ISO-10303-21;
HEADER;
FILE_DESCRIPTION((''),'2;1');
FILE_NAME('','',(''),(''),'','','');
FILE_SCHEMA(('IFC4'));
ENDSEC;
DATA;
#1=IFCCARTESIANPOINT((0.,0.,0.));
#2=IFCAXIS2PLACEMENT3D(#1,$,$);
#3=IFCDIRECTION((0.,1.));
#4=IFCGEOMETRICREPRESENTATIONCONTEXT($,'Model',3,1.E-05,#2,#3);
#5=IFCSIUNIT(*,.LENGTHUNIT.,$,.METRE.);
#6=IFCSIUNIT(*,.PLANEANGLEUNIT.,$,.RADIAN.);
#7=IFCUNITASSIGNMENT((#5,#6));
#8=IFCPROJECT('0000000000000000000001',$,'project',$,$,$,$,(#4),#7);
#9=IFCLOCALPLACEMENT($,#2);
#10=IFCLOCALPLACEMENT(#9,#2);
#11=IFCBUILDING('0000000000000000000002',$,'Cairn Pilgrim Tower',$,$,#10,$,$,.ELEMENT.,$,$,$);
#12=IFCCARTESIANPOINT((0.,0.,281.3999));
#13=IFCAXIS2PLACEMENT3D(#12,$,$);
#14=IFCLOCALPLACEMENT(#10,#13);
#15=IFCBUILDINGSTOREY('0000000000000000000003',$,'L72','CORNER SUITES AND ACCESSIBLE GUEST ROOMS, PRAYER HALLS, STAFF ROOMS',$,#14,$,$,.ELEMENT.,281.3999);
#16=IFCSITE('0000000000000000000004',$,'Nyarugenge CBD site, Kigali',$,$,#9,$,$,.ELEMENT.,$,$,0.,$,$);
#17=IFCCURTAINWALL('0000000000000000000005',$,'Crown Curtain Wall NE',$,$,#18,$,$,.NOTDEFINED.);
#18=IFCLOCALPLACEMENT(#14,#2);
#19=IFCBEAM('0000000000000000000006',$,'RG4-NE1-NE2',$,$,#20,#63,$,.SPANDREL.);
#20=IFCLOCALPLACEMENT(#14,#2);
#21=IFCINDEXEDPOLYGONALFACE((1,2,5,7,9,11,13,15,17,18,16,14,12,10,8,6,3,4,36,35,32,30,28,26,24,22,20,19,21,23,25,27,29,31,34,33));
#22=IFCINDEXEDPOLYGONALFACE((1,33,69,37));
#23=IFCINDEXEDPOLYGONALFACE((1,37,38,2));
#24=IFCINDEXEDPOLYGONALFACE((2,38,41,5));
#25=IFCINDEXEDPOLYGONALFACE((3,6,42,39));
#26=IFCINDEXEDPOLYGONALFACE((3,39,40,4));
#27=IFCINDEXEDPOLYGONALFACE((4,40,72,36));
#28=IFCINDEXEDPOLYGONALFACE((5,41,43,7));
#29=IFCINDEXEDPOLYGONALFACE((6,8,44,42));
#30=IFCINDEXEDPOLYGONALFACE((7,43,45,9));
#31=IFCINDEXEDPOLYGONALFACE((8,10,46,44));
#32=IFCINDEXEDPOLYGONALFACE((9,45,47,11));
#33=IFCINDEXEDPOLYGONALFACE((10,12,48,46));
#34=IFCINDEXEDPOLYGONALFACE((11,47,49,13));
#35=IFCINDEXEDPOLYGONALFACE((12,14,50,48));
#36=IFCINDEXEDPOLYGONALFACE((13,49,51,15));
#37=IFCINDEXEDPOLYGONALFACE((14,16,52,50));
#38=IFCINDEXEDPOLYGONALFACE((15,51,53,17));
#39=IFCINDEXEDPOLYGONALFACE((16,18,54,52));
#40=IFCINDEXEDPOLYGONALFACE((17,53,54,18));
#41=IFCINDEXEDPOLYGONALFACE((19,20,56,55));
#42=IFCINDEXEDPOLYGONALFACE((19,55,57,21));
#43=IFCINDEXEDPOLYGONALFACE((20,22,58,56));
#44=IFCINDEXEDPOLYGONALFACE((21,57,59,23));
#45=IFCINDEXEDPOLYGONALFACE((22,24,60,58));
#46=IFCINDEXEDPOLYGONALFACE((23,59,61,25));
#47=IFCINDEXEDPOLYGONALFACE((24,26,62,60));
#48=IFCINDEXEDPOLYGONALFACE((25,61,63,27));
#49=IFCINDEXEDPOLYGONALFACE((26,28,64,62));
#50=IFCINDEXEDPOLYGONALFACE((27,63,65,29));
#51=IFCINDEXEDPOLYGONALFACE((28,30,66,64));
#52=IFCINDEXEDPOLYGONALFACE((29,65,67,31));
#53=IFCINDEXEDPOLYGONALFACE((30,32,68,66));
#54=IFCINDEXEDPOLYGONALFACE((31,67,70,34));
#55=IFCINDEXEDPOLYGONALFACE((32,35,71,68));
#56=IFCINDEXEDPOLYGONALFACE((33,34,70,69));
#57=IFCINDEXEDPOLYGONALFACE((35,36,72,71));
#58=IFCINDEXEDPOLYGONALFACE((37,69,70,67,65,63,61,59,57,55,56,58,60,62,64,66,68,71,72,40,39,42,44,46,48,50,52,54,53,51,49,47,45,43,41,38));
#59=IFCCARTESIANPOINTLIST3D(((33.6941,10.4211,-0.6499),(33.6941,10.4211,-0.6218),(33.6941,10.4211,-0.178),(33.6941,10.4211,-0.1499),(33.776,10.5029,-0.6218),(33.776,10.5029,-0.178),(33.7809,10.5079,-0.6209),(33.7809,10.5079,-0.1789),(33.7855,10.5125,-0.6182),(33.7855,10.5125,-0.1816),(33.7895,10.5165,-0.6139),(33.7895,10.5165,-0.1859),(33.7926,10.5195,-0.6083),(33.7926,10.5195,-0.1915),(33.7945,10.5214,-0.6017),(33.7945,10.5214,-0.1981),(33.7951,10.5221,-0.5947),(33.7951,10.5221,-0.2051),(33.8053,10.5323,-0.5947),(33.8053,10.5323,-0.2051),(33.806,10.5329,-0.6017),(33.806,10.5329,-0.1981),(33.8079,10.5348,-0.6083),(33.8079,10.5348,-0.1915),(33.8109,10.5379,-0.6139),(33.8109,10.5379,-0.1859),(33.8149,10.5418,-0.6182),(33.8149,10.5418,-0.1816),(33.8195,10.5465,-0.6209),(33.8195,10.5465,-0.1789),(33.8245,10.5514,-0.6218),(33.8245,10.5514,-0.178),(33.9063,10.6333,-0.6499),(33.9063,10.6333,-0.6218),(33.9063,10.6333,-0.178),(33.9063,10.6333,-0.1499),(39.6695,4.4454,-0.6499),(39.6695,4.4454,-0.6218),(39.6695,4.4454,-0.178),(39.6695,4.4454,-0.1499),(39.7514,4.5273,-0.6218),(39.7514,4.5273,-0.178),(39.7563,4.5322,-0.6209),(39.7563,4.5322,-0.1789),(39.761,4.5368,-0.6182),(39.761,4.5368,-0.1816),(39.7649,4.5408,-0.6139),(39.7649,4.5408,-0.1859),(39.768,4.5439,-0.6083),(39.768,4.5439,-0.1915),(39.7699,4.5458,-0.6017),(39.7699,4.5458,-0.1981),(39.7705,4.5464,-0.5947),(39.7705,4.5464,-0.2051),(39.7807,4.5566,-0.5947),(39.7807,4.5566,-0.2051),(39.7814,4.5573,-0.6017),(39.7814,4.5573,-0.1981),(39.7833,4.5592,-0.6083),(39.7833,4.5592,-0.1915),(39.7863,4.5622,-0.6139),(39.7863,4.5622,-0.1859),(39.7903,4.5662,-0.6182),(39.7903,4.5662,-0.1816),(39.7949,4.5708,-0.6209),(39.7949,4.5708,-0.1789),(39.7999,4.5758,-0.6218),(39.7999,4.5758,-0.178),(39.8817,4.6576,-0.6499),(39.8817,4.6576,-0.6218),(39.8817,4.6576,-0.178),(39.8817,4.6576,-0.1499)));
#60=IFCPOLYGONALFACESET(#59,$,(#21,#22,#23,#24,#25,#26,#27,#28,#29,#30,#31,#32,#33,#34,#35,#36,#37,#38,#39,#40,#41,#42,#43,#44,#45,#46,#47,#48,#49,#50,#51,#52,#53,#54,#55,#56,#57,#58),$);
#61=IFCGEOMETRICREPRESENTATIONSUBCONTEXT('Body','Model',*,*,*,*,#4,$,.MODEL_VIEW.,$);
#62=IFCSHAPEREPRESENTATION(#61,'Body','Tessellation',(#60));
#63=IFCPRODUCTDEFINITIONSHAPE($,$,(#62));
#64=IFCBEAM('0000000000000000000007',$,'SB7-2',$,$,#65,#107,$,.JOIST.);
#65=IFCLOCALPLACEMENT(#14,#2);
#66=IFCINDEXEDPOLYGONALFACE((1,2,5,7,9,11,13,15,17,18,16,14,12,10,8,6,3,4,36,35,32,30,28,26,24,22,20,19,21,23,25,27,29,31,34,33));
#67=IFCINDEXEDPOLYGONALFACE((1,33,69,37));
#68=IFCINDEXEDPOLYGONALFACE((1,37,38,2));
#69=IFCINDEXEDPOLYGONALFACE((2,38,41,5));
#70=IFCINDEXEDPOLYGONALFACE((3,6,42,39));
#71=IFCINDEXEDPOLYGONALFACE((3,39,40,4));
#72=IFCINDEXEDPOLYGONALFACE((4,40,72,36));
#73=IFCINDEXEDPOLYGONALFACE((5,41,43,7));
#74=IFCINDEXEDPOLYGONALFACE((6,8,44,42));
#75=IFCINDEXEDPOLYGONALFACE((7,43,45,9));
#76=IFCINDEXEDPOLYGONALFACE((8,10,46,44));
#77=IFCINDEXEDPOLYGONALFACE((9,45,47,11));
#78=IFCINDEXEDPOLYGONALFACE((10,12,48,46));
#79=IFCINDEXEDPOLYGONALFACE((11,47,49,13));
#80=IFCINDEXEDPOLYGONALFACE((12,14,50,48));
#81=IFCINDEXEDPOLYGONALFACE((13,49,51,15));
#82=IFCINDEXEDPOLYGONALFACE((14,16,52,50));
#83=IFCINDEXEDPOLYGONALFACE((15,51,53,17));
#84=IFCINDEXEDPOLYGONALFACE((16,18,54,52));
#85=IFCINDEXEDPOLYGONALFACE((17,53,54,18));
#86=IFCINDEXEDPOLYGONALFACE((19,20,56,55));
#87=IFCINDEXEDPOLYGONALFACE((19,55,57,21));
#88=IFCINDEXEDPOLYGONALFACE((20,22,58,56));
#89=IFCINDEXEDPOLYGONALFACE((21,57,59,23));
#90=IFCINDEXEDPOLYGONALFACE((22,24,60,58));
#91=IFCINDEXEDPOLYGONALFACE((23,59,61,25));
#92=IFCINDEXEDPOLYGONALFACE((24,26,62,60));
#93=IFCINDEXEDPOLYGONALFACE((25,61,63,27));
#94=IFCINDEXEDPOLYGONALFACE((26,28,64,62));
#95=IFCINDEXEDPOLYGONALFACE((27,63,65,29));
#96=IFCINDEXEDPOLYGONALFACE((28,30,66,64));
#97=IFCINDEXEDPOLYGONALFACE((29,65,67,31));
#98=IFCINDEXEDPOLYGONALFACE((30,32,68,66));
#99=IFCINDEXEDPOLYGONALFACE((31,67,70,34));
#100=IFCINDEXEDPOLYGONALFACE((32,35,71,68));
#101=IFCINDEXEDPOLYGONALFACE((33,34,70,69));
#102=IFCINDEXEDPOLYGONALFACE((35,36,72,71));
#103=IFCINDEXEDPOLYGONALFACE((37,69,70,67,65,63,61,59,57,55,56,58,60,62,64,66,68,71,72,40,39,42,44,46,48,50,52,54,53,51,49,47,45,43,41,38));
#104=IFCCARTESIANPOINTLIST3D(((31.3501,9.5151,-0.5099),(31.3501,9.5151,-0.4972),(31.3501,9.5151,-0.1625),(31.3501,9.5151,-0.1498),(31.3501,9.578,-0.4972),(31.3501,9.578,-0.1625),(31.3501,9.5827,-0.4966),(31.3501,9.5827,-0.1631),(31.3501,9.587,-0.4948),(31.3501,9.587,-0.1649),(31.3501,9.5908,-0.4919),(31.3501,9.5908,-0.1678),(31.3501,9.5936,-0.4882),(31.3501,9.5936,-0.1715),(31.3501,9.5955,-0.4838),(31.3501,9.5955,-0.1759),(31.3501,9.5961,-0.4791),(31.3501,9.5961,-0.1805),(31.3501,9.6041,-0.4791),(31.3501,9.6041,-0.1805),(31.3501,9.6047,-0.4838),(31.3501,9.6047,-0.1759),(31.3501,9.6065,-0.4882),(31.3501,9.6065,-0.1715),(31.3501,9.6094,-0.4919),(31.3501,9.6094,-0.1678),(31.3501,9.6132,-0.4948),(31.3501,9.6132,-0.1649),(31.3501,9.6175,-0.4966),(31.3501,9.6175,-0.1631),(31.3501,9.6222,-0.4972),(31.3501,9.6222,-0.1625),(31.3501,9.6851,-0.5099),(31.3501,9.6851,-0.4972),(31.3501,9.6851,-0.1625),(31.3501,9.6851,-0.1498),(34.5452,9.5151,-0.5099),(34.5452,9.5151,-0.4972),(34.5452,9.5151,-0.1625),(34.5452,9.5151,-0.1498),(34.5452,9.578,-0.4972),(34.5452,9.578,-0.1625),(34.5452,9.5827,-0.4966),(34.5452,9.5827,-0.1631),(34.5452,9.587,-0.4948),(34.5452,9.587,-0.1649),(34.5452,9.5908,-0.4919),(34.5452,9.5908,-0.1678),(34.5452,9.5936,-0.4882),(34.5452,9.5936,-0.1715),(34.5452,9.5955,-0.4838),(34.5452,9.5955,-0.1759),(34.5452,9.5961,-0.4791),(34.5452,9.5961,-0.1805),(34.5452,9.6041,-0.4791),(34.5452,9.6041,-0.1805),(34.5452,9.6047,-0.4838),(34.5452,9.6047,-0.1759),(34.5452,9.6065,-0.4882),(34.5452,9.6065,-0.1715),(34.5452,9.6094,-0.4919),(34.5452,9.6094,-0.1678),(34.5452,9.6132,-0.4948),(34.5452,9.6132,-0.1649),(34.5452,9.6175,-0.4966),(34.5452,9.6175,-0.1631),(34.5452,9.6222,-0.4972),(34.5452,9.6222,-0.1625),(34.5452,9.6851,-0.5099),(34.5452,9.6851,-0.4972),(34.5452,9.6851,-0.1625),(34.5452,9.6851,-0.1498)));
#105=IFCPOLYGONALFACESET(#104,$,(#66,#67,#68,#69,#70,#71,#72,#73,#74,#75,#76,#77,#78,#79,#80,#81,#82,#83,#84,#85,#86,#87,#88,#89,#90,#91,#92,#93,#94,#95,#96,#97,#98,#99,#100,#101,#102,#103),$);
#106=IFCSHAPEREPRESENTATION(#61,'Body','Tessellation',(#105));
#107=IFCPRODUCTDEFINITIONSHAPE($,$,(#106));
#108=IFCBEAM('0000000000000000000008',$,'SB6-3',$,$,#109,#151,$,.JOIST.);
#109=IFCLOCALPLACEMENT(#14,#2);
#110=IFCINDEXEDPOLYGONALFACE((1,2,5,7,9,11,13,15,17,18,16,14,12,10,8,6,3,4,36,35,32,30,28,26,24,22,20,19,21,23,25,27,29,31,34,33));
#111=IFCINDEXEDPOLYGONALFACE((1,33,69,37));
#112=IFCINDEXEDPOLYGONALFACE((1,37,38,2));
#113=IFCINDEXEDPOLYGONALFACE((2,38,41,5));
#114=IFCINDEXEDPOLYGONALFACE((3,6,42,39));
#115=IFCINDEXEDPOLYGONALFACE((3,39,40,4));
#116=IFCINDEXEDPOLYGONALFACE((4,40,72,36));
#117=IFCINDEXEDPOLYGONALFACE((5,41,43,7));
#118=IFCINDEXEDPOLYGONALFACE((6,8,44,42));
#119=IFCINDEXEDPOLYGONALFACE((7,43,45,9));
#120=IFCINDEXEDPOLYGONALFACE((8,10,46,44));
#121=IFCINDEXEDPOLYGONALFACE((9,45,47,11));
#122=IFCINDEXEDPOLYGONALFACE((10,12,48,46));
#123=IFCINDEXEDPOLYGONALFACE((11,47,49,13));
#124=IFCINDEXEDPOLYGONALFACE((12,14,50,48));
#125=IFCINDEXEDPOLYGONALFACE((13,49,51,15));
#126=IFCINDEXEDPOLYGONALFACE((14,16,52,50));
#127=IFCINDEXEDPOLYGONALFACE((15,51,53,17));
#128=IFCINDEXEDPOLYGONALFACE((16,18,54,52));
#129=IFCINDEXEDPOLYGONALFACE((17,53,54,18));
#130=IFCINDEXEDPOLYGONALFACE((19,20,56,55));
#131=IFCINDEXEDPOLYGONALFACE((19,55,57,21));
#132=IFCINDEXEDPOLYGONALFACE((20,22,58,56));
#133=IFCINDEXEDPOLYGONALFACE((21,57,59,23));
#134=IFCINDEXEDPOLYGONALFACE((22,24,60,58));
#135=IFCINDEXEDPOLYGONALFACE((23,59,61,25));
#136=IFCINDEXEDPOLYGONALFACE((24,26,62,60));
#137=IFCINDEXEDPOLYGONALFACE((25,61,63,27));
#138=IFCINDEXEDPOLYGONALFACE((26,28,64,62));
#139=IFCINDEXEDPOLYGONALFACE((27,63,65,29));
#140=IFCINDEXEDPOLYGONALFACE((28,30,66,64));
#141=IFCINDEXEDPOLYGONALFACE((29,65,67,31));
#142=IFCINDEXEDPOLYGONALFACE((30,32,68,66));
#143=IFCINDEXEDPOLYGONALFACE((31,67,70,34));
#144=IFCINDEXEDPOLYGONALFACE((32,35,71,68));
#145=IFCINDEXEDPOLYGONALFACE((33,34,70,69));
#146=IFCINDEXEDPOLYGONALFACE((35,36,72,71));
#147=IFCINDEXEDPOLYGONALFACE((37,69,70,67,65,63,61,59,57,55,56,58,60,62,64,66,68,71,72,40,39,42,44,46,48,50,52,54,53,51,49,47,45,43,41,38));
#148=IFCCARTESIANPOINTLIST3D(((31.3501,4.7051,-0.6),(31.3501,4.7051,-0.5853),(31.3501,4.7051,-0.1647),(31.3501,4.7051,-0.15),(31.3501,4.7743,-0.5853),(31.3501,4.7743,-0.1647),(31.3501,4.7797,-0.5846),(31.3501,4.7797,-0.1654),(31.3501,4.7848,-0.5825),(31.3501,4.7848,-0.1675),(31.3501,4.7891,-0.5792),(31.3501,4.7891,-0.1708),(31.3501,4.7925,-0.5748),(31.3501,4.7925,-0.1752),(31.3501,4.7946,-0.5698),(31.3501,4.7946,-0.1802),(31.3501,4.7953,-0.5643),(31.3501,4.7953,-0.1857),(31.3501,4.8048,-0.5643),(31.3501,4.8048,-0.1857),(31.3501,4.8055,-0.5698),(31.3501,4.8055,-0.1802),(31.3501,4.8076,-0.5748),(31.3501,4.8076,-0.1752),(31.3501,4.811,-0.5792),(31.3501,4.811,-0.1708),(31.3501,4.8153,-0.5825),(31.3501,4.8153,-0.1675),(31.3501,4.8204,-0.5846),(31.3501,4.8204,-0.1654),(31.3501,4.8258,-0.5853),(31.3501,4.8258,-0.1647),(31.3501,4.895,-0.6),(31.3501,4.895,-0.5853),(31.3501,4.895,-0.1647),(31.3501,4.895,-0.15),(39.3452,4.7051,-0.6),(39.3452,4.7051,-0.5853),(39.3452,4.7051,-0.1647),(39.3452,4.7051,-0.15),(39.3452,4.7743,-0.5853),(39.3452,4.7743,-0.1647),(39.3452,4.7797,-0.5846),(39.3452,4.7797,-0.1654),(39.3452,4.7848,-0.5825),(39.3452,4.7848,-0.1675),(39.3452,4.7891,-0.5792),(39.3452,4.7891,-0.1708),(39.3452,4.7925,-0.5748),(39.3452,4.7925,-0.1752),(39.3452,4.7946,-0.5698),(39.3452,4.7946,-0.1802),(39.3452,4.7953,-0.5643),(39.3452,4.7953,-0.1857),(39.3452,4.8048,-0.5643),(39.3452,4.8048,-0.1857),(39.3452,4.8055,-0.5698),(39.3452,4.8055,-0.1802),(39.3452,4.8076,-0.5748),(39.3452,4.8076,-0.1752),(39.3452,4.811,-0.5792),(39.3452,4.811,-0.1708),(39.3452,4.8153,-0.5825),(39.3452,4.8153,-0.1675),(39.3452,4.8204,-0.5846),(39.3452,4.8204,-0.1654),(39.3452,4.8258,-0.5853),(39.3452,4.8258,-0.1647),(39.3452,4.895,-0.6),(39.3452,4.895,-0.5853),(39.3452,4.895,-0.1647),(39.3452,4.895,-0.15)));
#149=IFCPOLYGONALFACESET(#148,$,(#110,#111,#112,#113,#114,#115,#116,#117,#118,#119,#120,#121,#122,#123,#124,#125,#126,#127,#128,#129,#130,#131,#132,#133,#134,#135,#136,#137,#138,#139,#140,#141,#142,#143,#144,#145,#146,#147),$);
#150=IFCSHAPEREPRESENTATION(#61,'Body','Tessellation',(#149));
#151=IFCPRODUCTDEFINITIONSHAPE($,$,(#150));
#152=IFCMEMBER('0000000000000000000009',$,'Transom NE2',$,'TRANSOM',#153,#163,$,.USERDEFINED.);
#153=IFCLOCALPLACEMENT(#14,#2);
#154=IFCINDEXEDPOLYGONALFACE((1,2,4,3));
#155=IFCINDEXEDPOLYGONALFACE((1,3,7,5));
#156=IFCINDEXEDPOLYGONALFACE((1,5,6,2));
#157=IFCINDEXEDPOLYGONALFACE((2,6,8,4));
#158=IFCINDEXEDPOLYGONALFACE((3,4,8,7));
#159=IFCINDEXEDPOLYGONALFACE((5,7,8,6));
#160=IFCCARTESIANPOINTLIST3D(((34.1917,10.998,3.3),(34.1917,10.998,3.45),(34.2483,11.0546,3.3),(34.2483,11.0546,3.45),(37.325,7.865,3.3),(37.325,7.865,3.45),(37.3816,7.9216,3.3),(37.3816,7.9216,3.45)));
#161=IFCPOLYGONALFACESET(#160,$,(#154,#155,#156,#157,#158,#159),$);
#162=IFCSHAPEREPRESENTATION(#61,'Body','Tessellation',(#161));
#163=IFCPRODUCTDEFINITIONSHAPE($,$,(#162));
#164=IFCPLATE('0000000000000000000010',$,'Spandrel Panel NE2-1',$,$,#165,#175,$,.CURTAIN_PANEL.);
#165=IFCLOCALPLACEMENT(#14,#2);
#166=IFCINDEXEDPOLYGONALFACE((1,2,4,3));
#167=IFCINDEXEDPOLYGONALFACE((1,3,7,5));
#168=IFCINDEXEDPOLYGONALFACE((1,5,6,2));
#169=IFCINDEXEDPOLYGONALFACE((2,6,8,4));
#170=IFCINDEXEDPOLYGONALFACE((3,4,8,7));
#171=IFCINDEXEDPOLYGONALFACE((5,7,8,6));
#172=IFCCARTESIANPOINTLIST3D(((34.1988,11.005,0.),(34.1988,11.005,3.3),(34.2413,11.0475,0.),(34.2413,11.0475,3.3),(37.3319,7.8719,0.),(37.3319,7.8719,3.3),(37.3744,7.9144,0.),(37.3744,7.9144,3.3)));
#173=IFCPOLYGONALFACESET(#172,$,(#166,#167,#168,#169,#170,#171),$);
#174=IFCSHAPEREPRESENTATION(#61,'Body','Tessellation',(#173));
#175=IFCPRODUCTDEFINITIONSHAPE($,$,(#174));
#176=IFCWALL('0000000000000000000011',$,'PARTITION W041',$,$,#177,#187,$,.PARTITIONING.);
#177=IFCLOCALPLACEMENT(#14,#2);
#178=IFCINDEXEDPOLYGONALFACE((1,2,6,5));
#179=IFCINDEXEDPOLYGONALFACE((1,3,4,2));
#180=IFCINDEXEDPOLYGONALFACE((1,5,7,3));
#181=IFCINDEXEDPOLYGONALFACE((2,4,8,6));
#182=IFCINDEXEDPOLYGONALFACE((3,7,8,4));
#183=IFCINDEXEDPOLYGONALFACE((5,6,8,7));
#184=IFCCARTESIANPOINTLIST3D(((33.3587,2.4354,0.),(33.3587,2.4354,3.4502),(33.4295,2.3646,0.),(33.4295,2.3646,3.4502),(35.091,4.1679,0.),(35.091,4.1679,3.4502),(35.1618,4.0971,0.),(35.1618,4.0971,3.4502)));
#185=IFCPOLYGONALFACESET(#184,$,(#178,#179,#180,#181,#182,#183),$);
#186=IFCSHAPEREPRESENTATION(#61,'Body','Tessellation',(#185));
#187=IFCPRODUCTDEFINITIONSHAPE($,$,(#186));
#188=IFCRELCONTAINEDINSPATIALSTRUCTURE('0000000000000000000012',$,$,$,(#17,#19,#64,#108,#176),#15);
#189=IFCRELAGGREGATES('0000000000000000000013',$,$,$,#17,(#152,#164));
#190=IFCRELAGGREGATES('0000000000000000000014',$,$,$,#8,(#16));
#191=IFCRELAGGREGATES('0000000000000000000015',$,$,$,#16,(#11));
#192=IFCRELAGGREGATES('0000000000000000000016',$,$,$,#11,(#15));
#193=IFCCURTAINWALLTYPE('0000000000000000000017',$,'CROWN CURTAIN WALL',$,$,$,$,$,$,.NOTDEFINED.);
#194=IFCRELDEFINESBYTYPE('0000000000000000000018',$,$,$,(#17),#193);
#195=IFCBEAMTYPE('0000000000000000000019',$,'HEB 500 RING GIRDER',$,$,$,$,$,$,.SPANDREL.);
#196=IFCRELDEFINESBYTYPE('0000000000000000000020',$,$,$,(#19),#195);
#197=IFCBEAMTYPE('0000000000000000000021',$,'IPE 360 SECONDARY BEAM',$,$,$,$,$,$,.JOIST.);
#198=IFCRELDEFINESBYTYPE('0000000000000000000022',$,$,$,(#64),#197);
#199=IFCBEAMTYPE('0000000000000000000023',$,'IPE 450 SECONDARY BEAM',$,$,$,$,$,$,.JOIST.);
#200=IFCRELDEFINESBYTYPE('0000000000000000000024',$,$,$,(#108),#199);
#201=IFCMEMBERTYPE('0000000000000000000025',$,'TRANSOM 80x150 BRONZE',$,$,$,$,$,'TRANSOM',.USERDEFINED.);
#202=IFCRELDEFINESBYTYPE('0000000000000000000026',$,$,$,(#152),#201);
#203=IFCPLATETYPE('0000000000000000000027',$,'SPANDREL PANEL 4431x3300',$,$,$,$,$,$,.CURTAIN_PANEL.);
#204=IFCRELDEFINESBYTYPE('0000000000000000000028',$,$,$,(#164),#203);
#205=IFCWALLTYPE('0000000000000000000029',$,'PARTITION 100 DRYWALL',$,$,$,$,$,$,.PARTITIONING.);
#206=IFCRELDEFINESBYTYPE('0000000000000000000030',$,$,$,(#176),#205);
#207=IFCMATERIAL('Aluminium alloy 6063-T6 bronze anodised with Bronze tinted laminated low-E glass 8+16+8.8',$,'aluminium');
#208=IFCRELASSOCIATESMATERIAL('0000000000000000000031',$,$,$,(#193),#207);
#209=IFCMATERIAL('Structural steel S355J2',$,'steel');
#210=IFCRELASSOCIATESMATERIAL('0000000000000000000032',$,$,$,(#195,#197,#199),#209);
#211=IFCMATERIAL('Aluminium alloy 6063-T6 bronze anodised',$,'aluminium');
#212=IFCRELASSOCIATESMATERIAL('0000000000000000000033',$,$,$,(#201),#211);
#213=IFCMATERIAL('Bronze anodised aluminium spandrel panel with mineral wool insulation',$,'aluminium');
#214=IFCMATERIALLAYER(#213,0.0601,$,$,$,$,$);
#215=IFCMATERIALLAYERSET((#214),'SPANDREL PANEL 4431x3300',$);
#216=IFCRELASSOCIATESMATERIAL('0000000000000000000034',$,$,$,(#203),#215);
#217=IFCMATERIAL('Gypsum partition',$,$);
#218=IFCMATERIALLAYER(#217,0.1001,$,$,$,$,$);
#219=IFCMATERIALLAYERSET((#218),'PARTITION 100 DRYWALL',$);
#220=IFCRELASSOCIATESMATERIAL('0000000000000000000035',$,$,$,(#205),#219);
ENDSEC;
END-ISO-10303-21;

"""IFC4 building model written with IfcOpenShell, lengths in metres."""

from ifc_helpers import new_model, si_unit, direction, frame, frame_2d, origin, origin_2d, place, context, subcontext, project, spatial, rectangle, i_section, extrude, material, layer, layer_set, material_profile, profile_set, type_object, element, aggregate, save


model = new_model("IFC4")

# Units and contexts
model_context = context("Model", 3, precision=1e-05, world=origin(), true_north=direction((0.0, 1.0)))
body_context = subcontext(model_context, "Body", "Model", "MODEL_VIEW")
ifc_project = project(units=[si_unit("LENGTHUNIT", "METRE"), si_unit("PLANEANGLEUNIT", "RADIAN")], contexts=[model_context])

# Site, building, storey
site_placement = place(None, origin())
site = spatial("IfcSite", under=ifc_project, at=site_placement, Name="Nyarugenge CBD site, Kigali", CompositionType="ELEMENT", RefElevation=0.0)
building_placement = place(site_placement, origin())
building = spatial("IfcBuilding", under=site, at=building_placement, Name="Cairn Pilgrim Tower", CompositionType="ELEMENT")
storey_placement = place(building_placement, frame((0.0, 0.0, 281.3999)))
storey = spatial("IfcBuildingStorey", under=building, at=storey_placement, Name="L72", Description="CORNER SUITES AND ACCESSIBLE GUEST ROOMS, PRAYER HALLS, STAFF ROOMS", CompositionType="ELEMENT", Elevation=281.3999)

# Shared definitions
ifc_material_1 = material(Name="Structural steel S355J2", Category="steel")

# Shared definitions
ifc_material_2 = material(Name="Aluminium alloy 6063-T6 bronze anodised with Bronze tinted laminated low-E glass 8+16+8.8", Category="aluminium")
curtain_wall_type = type_object("IfcCurtainWallType", Name="CROWN CURTAIN WALL", PredefinedType="NOTDEFINED", material=ifc_material_2)
ifc_material_3 = material(Name="Aluminium alloy 6063-T6 bronze anodised", Category="aluminium")

# Curtain wall
curtain_wall_1_placement = place(storey_placement, origin())
curtain_wall_1 = element("IfcCurtainWall", 1, at=curtain_wall_1_placement, inside=storey, type_object=curtain_wall_type, Name="Crown Curtain Wall NE", PredefinedType="NOTDEFINED")

# Beams
ifc_material_profile_1 = material_profile(ifc_material_1, i_section(OverallWidth=0.3, OverallDepth=0.5, WebThickness=0.0144, FlangeThickness=0.0281, FilletRadius=0.0271, at=origin_2d()), Name="HEB 500")
ifc_profile_set_1 = profile_set([ifc_material_profile_1], Name="Structural steel S355J2")
beam_type_1 = type_object("IfcBeamType", Name="HEB 500 RING GIRDER", PredefinedType="SPANDREL", material=ifc_profile_set_1)
beam_1_placement = place(storey_placement, frame((39.7756, 4.5515, -0.3999), z_axis=(-0.707092, 0.707121, 0.0), x_axis=(-0.707121, -0.707092, 0.0)))
element("IfcBeam", 2, at=beam_1_placement, inside=storey, type_object=beam_type_1, Name="RG4-NE1-NE2", PredefinedType="SPANDREL", context=body_context, shape_type="SweptSolid", body=[
    extrude(i_section(OverallWidth=0.3, OverallDepth=0.5, WebThickness=0.0144, FlangeThickness=0.0281, FilletRadius=0.0271, at=origin_2d()), origin(), (0.0, 0.0, 1.0), 8.4507),
])
ifc_material_profile_2 = material_profile(ifc_material_1, i_section(OverallWidth=0.1699, OverallDepth=0.3601, WebThickness=0.0081, FlangeThickness=0.0127, FilletRadius=0.0181, at=origin_2d()), Name="IPE 360")
ifc_profile_set_2 = profile_set([ifc_material_profile_2], Name="Structural steel S355J2")
beam_type_2 = type_object("IfcBeamType", Name="IPE 360 SECONDARY BEAM", PredefinedType="JOIST", material=ifc_profile_set_2)
beam_2_placement = place(storey_placement, frame((31.3501, 9.6001, -0.3298), z_axis=(1.0, 0.0, 0.0), x_axis=(0.0, 1.0, 0.0)))
element("IfcBeam", 3, at=beam_2_placement, inside=storey, type_object=beam_type_2, Name="SB7-2", PredefinedType="JOIST", context=body_context, shape_type="SweptSolid", body=[
    extrude(i_section(OverallWidth=0.1699, OverallDepth=0.3601, WebThickness=0.0081, FlangeThickness=0.0127, FilletRadius=0.0181, at=origin_2d()), origin(), (0.0, 0.0, 1.0), 3.1951),
])
ifc_material_profile_3 = material_profile(ifc_material_1, i_section(OverallWidth=0.1899, OverallDepth=0.45, WebThickness=0.0095, FlangeThickness=0.0146, FilletRadius=0.021, at=origin_2d()), Name="IPE 450")
ifc_profile_set_3 = profile_set([ifc_material_profile_3], Name="Structural steel S355J2")
beam_type_3 = type_object("IfcBeamType", Name="IPE 450 SECONDARY BEAM", PredefinedType="JOIST", material=ifc_profile_set_3)
beam_3_placement = place(storey_placement, frame((31.3501, 4.8, -0.375), z_axis=(1.0, 0.0, 0.0), x_axis=(0.0, 1.0, 0.0)))
element("IfcBeam", 4, at=beam_3_placement, inside=storey, type_object=beam_type_3, Name="SB6-3", PredefinedType="JOIST", context=body_context, shape_type="SweptSolid", body=[
    extrude(i_section(OverallWidth=0.1899, OverallDepth=0.45, WebThickness=0.0095, FlangeThickness=0.0146, FilletRadius=0.021, at=origin_2d()), origin(), (0.0, 0.0, 1.0), 7.9951),
])

# Member
ifc_material_profile_4 = material_profile(ifc_material_3, rectangle(XDim=0.0801, YDim=0.1499, at=origin_2d()), Name="TRANSOM 80x150 BRONZE")
ifc_profile_set_4 = profile_set([ifc_material_profile_4], Name="Aluminium alloy 6063-T6 bronze anodised")
member_type_1 = type_object("IfcMemberType", Name="TRANSOM 80x150 BRONZE", ElementType="TRANSOM", PredefinedType="USERDEFINED", material=ifc_profile_set_4)
member_1_placement = place(storey_placement, frame((37.3533, 7.8933, 3.375), z_axis=(-0.707134, 0.707079, 0.0), x_axis=(-0.707079, -0.707134, 0.0)))
member_1 = element("IfcMember", 5, at=member_1_placement, type_object=member_type_1, Name="Transom NE2", ObjectType="TRANSOM", PredefinedType="USERDEFINED", context=body_context, shape_type="SweptSolid", body=[
    extrude(rectangle(XDim=0.0801, YDim=0.1499, at=origin_2d()), origin(), (0.0, 0.0, 1.0), 4.4309),
])

# Plate
ifc_material_4 = material(Name="Bronze anodised aluminium spandrel panel with mineral wool insulation", Category="aluminium")
ifc_layer_1 = layer(ifc_material_4, 0.0601)
ifc_layer_set_1 = layer_set([ifc_layer_1], Name="SPANDREL PANEL 4431x3300")
plate_type = type_object("IfcPlateType", Name="SPANDREL PANEL 4431x3300", PredefinedType="CURTAIN_PANEL", material=ifc_layer_set_1)
plate_placement = place(storey_placement, frame((35.7866, 9.4597, 0.0), z_axis=(0.0, 0.0, 1.0), x_axis=(-0.707107, 0.707107, 0.0)))
plate = element("IfcPlate", 6, at=plate_placement, type_object=plate_type, Name="Spandrel Panel NE2-1", PredefinedType="CURTAIN_PANEL", context=body_context, shape_type="SweptSolid", body=[
    extrude(rectangle(XDim=4.4309, YDim=0.0601, at=origin_2d()), origin(), (0.0, 0.0, 1.0), 3.3),
])
aggregate(curtain_wall_1, [member_1, plate])

# Wall
ifc_material_5 = material(Name="Gypsum partition")
ifc_layer_2 = layer(ifc_material_5, 0.1001)
ifc_layer_set_2 = layer_set([ifc_layer_2], Name="PARTITION 100 DRYWALL")
wall_type_1 = type_object("IfcWallType", Name="PARTITION 100 DRYWALL", PredefinedType="PARTITIONING", material=ifc_layer_set_2)
wall_1_placement = place(storey_placement, frame((33.394, 2.3999, 0.0), z_axis=(0.0, 0.0, 1.0), x_axis=(0.707057, 0.707157, 0.0)))
element("IfcWall", 7, at=wall_1_placement, inside=storey, type_object=wall_type_1, Name="PARTITION W041", PredefinedType="PARTITIONING", context=body_context, shape_type="SweptSolid", body=[
    extrude(rectangle(XDim=2.45, YDim=0.1001, at=frame_2d((1.2251, 0.0))), origin(), (0.0, 0.0, 1.0), 3.4502),
])

save(model, "model.ifc")
